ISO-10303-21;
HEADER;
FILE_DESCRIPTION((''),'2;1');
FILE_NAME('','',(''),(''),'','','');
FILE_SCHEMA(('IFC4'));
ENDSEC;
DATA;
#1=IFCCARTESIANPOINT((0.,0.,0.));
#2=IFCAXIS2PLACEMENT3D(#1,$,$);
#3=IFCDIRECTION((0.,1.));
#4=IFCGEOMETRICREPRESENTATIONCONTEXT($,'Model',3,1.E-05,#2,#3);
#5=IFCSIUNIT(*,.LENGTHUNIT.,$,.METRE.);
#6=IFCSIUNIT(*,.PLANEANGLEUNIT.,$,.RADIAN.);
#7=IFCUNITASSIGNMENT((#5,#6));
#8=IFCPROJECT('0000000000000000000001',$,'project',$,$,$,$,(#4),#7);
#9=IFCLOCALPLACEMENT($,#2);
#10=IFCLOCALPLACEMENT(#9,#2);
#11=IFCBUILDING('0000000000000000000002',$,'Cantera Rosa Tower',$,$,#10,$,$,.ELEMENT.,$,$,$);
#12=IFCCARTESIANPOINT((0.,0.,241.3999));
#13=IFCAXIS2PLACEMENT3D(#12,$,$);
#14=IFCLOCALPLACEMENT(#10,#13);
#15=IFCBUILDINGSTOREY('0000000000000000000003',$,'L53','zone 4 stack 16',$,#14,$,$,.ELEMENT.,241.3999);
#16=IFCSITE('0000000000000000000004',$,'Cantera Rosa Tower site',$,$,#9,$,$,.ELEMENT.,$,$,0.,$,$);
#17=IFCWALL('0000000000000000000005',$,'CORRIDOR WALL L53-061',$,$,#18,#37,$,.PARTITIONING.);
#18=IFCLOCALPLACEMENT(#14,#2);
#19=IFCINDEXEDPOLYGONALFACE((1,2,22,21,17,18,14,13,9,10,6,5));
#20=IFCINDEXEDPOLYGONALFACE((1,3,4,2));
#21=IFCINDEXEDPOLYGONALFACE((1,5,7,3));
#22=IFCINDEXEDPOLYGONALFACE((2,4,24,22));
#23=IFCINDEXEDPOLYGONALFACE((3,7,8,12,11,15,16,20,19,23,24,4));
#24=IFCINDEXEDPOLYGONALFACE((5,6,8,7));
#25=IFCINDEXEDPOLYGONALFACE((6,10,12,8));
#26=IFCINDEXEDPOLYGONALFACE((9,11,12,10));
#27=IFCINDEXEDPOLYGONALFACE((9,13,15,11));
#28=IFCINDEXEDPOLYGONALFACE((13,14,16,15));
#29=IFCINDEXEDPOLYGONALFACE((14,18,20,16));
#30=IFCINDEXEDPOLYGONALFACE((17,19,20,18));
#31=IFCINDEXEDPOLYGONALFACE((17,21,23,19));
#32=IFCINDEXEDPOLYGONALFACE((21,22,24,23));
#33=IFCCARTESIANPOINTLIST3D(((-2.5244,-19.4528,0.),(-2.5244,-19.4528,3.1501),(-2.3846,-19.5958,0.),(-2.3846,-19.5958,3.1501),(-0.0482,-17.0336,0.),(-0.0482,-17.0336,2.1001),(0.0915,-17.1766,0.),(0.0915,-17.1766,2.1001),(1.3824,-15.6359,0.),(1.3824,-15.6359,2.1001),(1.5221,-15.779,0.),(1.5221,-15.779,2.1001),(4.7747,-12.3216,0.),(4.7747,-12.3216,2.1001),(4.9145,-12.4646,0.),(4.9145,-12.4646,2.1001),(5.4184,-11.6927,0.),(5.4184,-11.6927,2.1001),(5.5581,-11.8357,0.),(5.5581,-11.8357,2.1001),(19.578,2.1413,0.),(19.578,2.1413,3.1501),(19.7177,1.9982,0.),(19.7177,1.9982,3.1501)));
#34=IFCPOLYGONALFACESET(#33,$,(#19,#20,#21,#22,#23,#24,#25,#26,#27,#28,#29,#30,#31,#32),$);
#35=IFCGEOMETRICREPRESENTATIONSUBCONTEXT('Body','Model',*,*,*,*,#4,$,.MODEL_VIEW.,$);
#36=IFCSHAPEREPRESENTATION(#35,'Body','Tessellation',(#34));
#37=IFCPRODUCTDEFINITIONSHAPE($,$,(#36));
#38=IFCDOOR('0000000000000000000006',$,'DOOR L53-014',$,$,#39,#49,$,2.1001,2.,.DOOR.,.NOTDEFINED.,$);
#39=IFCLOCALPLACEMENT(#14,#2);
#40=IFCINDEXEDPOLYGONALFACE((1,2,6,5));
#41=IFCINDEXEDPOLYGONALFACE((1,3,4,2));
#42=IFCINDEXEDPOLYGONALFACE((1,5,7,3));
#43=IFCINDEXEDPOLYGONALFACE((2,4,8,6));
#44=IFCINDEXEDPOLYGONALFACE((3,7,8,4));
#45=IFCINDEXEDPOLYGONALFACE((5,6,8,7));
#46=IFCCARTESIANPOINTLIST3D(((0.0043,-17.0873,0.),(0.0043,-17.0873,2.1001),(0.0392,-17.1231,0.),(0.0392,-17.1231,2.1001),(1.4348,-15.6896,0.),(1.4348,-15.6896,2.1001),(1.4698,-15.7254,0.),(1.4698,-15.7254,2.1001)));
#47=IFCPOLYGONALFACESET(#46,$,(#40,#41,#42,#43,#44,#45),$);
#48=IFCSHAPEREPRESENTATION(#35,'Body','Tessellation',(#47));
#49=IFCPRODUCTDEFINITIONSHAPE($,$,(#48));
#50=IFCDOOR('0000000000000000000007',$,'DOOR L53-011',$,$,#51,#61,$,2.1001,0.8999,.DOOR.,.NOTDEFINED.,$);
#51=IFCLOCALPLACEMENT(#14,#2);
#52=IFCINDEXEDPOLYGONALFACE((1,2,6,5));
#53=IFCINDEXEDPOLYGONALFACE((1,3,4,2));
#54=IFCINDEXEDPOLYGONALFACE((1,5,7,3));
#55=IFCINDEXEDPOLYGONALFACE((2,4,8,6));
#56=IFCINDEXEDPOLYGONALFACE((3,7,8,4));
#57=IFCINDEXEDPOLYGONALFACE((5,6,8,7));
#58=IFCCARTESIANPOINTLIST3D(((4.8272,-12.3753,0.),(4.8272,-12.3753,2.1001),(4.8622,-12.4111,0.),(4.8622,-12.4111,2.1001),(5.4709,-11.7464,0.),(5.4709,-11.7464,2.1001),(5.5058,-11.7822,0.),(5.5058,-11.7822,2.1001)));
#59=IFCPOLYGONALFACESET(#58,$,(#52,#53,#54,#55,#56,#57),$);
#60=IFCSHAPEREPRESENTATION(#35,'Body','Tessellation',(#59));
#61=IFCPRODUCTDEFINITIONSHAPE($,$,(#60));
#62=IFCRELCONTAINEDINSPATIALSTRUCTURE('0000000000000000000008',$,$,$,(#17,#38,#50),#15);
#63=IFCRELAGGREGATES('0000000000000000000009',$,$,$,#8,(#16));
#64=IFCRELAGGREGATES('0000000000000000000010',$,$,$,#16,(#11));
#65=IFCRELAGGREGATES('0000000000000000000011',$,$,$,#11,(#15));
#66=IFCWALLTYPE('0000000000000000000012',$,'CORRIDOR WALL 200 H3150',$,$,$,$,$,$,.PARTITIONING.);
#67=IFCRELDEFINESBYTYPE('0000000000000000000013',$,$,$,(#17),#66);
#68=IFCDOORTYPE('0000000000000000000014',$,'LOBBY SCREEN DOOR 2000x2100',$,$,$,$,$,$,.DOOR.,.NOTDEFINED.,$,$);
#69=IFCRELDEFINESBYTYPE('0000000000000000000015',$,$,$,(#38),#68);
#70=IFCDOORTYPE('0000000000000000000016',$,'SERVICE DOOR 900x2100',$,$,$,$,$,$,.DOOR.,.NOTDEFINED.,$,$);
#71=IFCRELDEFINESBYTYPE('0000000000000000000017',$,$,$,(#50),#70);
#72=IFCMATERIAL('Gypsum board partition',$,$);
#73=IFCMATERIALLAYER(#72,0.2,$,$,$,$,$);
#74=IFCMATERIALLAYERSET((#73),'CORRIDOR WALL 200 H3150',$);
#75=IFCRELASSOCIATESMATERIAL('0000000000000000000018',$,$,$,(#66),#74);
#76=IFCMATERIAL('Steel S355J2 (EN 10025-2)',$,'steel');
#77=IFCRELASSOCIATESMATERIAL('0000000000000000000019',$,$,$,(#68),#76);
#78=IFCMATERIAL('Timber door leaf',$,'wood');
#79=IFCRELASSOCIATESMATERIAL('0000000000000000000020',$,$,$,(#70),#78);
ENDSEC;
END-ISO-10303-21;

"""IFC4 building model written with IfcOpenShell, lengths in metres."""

from ifc_helpers import new_model, si_unit, direction, frame, frame_2d, origin, place, context, subcontext, project, spatial, rectangle, extrude, material, layer, layer_set, type_object, element, fill, save


model = new_model("IFC4")

# Units and contexts
model_context = context("Model", 3, precision=1e-05, world=origin(), true_north=direction((0.0, 1.0)))
body_context = subcontext(model_context, "Body", "Model", "MODEL_VIEW")
ifc_project = project(units=[si_unit("LENGTHUNIT", "METRE"), si_unit("PLANEANGLEUNIT", "RADIAN")], contexts=[model_context])

# Site, building, storey
site_placement = place(None, origin())
site = spatial("IfcSite", under=ifc_project, at=site_placement, Name="Cantera Rosa Tower site", CompositionType="ELEMENT", RefElevation=0.0)
building_placement = place(site_placement, origin())
building = spatial("IfcBuilding", under=site, at=building_placement, Name="Cantera Rosa Tower", CompositionType="ELEMENT")
storey_placement = place(building_placement, frame((0.0, 0.0, 241.3999)))
storey = spatial("IfcBuildingStorey", under=building, at=storey_placement, Name="L53", Description="zone 4 stack 16", CompositionType="ELEMENT", Elevation=241.3999)

# Shared definitions
ifc_material_1 = material(Name="Gypsum board partition")
ifc_layer_1 = layer(ifc_material_1, 0.2)
ifc_layer_set_1 = layer_set([ifc_layer_1], Name="CORRIDOR WALL 200 H3150")
wall_type = type_object("IfcWallType", Name="CORRIDOR WALL 200 H3150", PredefinedType="PARTITIONING", material=ifc_layer_set_1)

# Wall, openings, doors
wall_1_placement = place(storey_placement, frame((-2.4546, -19.5244, 0.0), z_axis=(0.0, 0.0, 1.0), x_axis=(0.715284, 0.698834, 0.0)))
wall_1 = element("IfcWall", 1, at=wall_1_placement, inside=storey, type_object=wall_type, Name="CORRIDOR WALL L53-061", PredefinedType="PARTITIONING", context=body_context, shape_type="SweptSolid", body=[
    extrude(rectangle(XDim=30.9001, YDim=0.2, at=frame_2d((15.4502, 0.0))), origin(), (0.0, 0.0, 1.0), 3.1501),
])
opening_1_placement = place(wall_1_placement, frame((10.2046, 0.0, 0.0)))
opening_1 = element("IfcOpeningElement", 2, at=opening_1_placement, cuts=wall_1, PredefinedType="OPENING", context=body_context, shape_type="SweptSolid", body=[
    extrude(rectangle(XDim=0.8999, YDim=2.1001, at=frame_2d((0.45, 1.05))), frame((0.0, 0.1099, 0.0), z_axis=(0.0, -1.0, 0.0), x_axis=(1.0, 0.0, 0.0)), (0.0, 0.0, 1.0), 0.22),
])
opening_2_placement = place(wall_1_placement, frame((3.4619, 0.0, 0.0)))
opening_2 = element("IfcOpeningElement", 3, at=opening_2_placement, cuts=wall_1, PredefinedType="OPENING", context=body_context, shape_type="SweptSolid", body=[
    extrude(rectangle(XDim=2.0, YDim=2.1001, at=frame_2d((1.0, 1.05))), frame((0.0, 0.1099, 0.0), z_axis=(0.0, -1.0, 0.0), x_axis=(1.0, 0.0, 0.0)), (0.0, 0.0, 1.0), 0.22),
])
ifc_material_2 = material(Name="Steel S355J2 (EN 10025-2)", Category="steel")
door_type_1 = type_object("IfcDoorType", Name="LOBBY SCREEN DOOR 2000x2100", OperationType="NOTDEFINED", PredefinedType="DOOR", material=ifc_material_2)
door_1_placement = place(opening_2_placement, origin())
door_1 = element("IfcDoor", 4, at=door_1_placement, inside=storey, type_object=door_type_1, Name="DOOR L53-014", OperationType="NOTDEFINED", OverallHeight=2.1001, OverallWidth=2.0, PredefinedType="DOOR", context=body_context, shape_type="SweptSolid", body=[
    extrude(rectangle(XDim=2.0, YDim=2.1001, at=frame_2d((1.0, 1.05))), frame((0.0, 0.0249, 0.0), z_axis=(0.0, -1.0, 0.0), x_axis=(1.0, 0.0, 0.0)), (0.0, 0.0, 1.0), 0.05),
])
fill(opening_2, door_1)
ifc_material_3 = material(Name="Timber door leaf", Category="wood")
door_type_2 = type_object("IfcDoorType", Name="SERVICE DOOR 900x2100", OperationType="NOTDEFINED", PredefinedType="DOOR", material=ifc_material_3)
door_2_placement = place(opening_1_placement, origin())
door_2 = element("IfcDoor", 5, at=door_2_placement, inside=storey, type_object=door_type_2, Name="DOOR L53-011", OperationType="NOTDEFINED", OverallHeight=2.1001, OverallWidth=0.8999, PredefinedType="DOOR", context=body_context, shape_type="SweptSolid", body=[
    extrude(rectangle(XDim=0.8999, YDim=2.1001, at=frame_2d((0.45, 1.05))), frame((0.0, 0.0249, 0.0), z_axis=(0.0, -1.0, 0.0), x_axis=(1.0, 0.0, 0.0)), (0.0, 0.0, 1.0), 0.05),
])
fill(opening_1, door_2)

save(model, "model.ifc")
